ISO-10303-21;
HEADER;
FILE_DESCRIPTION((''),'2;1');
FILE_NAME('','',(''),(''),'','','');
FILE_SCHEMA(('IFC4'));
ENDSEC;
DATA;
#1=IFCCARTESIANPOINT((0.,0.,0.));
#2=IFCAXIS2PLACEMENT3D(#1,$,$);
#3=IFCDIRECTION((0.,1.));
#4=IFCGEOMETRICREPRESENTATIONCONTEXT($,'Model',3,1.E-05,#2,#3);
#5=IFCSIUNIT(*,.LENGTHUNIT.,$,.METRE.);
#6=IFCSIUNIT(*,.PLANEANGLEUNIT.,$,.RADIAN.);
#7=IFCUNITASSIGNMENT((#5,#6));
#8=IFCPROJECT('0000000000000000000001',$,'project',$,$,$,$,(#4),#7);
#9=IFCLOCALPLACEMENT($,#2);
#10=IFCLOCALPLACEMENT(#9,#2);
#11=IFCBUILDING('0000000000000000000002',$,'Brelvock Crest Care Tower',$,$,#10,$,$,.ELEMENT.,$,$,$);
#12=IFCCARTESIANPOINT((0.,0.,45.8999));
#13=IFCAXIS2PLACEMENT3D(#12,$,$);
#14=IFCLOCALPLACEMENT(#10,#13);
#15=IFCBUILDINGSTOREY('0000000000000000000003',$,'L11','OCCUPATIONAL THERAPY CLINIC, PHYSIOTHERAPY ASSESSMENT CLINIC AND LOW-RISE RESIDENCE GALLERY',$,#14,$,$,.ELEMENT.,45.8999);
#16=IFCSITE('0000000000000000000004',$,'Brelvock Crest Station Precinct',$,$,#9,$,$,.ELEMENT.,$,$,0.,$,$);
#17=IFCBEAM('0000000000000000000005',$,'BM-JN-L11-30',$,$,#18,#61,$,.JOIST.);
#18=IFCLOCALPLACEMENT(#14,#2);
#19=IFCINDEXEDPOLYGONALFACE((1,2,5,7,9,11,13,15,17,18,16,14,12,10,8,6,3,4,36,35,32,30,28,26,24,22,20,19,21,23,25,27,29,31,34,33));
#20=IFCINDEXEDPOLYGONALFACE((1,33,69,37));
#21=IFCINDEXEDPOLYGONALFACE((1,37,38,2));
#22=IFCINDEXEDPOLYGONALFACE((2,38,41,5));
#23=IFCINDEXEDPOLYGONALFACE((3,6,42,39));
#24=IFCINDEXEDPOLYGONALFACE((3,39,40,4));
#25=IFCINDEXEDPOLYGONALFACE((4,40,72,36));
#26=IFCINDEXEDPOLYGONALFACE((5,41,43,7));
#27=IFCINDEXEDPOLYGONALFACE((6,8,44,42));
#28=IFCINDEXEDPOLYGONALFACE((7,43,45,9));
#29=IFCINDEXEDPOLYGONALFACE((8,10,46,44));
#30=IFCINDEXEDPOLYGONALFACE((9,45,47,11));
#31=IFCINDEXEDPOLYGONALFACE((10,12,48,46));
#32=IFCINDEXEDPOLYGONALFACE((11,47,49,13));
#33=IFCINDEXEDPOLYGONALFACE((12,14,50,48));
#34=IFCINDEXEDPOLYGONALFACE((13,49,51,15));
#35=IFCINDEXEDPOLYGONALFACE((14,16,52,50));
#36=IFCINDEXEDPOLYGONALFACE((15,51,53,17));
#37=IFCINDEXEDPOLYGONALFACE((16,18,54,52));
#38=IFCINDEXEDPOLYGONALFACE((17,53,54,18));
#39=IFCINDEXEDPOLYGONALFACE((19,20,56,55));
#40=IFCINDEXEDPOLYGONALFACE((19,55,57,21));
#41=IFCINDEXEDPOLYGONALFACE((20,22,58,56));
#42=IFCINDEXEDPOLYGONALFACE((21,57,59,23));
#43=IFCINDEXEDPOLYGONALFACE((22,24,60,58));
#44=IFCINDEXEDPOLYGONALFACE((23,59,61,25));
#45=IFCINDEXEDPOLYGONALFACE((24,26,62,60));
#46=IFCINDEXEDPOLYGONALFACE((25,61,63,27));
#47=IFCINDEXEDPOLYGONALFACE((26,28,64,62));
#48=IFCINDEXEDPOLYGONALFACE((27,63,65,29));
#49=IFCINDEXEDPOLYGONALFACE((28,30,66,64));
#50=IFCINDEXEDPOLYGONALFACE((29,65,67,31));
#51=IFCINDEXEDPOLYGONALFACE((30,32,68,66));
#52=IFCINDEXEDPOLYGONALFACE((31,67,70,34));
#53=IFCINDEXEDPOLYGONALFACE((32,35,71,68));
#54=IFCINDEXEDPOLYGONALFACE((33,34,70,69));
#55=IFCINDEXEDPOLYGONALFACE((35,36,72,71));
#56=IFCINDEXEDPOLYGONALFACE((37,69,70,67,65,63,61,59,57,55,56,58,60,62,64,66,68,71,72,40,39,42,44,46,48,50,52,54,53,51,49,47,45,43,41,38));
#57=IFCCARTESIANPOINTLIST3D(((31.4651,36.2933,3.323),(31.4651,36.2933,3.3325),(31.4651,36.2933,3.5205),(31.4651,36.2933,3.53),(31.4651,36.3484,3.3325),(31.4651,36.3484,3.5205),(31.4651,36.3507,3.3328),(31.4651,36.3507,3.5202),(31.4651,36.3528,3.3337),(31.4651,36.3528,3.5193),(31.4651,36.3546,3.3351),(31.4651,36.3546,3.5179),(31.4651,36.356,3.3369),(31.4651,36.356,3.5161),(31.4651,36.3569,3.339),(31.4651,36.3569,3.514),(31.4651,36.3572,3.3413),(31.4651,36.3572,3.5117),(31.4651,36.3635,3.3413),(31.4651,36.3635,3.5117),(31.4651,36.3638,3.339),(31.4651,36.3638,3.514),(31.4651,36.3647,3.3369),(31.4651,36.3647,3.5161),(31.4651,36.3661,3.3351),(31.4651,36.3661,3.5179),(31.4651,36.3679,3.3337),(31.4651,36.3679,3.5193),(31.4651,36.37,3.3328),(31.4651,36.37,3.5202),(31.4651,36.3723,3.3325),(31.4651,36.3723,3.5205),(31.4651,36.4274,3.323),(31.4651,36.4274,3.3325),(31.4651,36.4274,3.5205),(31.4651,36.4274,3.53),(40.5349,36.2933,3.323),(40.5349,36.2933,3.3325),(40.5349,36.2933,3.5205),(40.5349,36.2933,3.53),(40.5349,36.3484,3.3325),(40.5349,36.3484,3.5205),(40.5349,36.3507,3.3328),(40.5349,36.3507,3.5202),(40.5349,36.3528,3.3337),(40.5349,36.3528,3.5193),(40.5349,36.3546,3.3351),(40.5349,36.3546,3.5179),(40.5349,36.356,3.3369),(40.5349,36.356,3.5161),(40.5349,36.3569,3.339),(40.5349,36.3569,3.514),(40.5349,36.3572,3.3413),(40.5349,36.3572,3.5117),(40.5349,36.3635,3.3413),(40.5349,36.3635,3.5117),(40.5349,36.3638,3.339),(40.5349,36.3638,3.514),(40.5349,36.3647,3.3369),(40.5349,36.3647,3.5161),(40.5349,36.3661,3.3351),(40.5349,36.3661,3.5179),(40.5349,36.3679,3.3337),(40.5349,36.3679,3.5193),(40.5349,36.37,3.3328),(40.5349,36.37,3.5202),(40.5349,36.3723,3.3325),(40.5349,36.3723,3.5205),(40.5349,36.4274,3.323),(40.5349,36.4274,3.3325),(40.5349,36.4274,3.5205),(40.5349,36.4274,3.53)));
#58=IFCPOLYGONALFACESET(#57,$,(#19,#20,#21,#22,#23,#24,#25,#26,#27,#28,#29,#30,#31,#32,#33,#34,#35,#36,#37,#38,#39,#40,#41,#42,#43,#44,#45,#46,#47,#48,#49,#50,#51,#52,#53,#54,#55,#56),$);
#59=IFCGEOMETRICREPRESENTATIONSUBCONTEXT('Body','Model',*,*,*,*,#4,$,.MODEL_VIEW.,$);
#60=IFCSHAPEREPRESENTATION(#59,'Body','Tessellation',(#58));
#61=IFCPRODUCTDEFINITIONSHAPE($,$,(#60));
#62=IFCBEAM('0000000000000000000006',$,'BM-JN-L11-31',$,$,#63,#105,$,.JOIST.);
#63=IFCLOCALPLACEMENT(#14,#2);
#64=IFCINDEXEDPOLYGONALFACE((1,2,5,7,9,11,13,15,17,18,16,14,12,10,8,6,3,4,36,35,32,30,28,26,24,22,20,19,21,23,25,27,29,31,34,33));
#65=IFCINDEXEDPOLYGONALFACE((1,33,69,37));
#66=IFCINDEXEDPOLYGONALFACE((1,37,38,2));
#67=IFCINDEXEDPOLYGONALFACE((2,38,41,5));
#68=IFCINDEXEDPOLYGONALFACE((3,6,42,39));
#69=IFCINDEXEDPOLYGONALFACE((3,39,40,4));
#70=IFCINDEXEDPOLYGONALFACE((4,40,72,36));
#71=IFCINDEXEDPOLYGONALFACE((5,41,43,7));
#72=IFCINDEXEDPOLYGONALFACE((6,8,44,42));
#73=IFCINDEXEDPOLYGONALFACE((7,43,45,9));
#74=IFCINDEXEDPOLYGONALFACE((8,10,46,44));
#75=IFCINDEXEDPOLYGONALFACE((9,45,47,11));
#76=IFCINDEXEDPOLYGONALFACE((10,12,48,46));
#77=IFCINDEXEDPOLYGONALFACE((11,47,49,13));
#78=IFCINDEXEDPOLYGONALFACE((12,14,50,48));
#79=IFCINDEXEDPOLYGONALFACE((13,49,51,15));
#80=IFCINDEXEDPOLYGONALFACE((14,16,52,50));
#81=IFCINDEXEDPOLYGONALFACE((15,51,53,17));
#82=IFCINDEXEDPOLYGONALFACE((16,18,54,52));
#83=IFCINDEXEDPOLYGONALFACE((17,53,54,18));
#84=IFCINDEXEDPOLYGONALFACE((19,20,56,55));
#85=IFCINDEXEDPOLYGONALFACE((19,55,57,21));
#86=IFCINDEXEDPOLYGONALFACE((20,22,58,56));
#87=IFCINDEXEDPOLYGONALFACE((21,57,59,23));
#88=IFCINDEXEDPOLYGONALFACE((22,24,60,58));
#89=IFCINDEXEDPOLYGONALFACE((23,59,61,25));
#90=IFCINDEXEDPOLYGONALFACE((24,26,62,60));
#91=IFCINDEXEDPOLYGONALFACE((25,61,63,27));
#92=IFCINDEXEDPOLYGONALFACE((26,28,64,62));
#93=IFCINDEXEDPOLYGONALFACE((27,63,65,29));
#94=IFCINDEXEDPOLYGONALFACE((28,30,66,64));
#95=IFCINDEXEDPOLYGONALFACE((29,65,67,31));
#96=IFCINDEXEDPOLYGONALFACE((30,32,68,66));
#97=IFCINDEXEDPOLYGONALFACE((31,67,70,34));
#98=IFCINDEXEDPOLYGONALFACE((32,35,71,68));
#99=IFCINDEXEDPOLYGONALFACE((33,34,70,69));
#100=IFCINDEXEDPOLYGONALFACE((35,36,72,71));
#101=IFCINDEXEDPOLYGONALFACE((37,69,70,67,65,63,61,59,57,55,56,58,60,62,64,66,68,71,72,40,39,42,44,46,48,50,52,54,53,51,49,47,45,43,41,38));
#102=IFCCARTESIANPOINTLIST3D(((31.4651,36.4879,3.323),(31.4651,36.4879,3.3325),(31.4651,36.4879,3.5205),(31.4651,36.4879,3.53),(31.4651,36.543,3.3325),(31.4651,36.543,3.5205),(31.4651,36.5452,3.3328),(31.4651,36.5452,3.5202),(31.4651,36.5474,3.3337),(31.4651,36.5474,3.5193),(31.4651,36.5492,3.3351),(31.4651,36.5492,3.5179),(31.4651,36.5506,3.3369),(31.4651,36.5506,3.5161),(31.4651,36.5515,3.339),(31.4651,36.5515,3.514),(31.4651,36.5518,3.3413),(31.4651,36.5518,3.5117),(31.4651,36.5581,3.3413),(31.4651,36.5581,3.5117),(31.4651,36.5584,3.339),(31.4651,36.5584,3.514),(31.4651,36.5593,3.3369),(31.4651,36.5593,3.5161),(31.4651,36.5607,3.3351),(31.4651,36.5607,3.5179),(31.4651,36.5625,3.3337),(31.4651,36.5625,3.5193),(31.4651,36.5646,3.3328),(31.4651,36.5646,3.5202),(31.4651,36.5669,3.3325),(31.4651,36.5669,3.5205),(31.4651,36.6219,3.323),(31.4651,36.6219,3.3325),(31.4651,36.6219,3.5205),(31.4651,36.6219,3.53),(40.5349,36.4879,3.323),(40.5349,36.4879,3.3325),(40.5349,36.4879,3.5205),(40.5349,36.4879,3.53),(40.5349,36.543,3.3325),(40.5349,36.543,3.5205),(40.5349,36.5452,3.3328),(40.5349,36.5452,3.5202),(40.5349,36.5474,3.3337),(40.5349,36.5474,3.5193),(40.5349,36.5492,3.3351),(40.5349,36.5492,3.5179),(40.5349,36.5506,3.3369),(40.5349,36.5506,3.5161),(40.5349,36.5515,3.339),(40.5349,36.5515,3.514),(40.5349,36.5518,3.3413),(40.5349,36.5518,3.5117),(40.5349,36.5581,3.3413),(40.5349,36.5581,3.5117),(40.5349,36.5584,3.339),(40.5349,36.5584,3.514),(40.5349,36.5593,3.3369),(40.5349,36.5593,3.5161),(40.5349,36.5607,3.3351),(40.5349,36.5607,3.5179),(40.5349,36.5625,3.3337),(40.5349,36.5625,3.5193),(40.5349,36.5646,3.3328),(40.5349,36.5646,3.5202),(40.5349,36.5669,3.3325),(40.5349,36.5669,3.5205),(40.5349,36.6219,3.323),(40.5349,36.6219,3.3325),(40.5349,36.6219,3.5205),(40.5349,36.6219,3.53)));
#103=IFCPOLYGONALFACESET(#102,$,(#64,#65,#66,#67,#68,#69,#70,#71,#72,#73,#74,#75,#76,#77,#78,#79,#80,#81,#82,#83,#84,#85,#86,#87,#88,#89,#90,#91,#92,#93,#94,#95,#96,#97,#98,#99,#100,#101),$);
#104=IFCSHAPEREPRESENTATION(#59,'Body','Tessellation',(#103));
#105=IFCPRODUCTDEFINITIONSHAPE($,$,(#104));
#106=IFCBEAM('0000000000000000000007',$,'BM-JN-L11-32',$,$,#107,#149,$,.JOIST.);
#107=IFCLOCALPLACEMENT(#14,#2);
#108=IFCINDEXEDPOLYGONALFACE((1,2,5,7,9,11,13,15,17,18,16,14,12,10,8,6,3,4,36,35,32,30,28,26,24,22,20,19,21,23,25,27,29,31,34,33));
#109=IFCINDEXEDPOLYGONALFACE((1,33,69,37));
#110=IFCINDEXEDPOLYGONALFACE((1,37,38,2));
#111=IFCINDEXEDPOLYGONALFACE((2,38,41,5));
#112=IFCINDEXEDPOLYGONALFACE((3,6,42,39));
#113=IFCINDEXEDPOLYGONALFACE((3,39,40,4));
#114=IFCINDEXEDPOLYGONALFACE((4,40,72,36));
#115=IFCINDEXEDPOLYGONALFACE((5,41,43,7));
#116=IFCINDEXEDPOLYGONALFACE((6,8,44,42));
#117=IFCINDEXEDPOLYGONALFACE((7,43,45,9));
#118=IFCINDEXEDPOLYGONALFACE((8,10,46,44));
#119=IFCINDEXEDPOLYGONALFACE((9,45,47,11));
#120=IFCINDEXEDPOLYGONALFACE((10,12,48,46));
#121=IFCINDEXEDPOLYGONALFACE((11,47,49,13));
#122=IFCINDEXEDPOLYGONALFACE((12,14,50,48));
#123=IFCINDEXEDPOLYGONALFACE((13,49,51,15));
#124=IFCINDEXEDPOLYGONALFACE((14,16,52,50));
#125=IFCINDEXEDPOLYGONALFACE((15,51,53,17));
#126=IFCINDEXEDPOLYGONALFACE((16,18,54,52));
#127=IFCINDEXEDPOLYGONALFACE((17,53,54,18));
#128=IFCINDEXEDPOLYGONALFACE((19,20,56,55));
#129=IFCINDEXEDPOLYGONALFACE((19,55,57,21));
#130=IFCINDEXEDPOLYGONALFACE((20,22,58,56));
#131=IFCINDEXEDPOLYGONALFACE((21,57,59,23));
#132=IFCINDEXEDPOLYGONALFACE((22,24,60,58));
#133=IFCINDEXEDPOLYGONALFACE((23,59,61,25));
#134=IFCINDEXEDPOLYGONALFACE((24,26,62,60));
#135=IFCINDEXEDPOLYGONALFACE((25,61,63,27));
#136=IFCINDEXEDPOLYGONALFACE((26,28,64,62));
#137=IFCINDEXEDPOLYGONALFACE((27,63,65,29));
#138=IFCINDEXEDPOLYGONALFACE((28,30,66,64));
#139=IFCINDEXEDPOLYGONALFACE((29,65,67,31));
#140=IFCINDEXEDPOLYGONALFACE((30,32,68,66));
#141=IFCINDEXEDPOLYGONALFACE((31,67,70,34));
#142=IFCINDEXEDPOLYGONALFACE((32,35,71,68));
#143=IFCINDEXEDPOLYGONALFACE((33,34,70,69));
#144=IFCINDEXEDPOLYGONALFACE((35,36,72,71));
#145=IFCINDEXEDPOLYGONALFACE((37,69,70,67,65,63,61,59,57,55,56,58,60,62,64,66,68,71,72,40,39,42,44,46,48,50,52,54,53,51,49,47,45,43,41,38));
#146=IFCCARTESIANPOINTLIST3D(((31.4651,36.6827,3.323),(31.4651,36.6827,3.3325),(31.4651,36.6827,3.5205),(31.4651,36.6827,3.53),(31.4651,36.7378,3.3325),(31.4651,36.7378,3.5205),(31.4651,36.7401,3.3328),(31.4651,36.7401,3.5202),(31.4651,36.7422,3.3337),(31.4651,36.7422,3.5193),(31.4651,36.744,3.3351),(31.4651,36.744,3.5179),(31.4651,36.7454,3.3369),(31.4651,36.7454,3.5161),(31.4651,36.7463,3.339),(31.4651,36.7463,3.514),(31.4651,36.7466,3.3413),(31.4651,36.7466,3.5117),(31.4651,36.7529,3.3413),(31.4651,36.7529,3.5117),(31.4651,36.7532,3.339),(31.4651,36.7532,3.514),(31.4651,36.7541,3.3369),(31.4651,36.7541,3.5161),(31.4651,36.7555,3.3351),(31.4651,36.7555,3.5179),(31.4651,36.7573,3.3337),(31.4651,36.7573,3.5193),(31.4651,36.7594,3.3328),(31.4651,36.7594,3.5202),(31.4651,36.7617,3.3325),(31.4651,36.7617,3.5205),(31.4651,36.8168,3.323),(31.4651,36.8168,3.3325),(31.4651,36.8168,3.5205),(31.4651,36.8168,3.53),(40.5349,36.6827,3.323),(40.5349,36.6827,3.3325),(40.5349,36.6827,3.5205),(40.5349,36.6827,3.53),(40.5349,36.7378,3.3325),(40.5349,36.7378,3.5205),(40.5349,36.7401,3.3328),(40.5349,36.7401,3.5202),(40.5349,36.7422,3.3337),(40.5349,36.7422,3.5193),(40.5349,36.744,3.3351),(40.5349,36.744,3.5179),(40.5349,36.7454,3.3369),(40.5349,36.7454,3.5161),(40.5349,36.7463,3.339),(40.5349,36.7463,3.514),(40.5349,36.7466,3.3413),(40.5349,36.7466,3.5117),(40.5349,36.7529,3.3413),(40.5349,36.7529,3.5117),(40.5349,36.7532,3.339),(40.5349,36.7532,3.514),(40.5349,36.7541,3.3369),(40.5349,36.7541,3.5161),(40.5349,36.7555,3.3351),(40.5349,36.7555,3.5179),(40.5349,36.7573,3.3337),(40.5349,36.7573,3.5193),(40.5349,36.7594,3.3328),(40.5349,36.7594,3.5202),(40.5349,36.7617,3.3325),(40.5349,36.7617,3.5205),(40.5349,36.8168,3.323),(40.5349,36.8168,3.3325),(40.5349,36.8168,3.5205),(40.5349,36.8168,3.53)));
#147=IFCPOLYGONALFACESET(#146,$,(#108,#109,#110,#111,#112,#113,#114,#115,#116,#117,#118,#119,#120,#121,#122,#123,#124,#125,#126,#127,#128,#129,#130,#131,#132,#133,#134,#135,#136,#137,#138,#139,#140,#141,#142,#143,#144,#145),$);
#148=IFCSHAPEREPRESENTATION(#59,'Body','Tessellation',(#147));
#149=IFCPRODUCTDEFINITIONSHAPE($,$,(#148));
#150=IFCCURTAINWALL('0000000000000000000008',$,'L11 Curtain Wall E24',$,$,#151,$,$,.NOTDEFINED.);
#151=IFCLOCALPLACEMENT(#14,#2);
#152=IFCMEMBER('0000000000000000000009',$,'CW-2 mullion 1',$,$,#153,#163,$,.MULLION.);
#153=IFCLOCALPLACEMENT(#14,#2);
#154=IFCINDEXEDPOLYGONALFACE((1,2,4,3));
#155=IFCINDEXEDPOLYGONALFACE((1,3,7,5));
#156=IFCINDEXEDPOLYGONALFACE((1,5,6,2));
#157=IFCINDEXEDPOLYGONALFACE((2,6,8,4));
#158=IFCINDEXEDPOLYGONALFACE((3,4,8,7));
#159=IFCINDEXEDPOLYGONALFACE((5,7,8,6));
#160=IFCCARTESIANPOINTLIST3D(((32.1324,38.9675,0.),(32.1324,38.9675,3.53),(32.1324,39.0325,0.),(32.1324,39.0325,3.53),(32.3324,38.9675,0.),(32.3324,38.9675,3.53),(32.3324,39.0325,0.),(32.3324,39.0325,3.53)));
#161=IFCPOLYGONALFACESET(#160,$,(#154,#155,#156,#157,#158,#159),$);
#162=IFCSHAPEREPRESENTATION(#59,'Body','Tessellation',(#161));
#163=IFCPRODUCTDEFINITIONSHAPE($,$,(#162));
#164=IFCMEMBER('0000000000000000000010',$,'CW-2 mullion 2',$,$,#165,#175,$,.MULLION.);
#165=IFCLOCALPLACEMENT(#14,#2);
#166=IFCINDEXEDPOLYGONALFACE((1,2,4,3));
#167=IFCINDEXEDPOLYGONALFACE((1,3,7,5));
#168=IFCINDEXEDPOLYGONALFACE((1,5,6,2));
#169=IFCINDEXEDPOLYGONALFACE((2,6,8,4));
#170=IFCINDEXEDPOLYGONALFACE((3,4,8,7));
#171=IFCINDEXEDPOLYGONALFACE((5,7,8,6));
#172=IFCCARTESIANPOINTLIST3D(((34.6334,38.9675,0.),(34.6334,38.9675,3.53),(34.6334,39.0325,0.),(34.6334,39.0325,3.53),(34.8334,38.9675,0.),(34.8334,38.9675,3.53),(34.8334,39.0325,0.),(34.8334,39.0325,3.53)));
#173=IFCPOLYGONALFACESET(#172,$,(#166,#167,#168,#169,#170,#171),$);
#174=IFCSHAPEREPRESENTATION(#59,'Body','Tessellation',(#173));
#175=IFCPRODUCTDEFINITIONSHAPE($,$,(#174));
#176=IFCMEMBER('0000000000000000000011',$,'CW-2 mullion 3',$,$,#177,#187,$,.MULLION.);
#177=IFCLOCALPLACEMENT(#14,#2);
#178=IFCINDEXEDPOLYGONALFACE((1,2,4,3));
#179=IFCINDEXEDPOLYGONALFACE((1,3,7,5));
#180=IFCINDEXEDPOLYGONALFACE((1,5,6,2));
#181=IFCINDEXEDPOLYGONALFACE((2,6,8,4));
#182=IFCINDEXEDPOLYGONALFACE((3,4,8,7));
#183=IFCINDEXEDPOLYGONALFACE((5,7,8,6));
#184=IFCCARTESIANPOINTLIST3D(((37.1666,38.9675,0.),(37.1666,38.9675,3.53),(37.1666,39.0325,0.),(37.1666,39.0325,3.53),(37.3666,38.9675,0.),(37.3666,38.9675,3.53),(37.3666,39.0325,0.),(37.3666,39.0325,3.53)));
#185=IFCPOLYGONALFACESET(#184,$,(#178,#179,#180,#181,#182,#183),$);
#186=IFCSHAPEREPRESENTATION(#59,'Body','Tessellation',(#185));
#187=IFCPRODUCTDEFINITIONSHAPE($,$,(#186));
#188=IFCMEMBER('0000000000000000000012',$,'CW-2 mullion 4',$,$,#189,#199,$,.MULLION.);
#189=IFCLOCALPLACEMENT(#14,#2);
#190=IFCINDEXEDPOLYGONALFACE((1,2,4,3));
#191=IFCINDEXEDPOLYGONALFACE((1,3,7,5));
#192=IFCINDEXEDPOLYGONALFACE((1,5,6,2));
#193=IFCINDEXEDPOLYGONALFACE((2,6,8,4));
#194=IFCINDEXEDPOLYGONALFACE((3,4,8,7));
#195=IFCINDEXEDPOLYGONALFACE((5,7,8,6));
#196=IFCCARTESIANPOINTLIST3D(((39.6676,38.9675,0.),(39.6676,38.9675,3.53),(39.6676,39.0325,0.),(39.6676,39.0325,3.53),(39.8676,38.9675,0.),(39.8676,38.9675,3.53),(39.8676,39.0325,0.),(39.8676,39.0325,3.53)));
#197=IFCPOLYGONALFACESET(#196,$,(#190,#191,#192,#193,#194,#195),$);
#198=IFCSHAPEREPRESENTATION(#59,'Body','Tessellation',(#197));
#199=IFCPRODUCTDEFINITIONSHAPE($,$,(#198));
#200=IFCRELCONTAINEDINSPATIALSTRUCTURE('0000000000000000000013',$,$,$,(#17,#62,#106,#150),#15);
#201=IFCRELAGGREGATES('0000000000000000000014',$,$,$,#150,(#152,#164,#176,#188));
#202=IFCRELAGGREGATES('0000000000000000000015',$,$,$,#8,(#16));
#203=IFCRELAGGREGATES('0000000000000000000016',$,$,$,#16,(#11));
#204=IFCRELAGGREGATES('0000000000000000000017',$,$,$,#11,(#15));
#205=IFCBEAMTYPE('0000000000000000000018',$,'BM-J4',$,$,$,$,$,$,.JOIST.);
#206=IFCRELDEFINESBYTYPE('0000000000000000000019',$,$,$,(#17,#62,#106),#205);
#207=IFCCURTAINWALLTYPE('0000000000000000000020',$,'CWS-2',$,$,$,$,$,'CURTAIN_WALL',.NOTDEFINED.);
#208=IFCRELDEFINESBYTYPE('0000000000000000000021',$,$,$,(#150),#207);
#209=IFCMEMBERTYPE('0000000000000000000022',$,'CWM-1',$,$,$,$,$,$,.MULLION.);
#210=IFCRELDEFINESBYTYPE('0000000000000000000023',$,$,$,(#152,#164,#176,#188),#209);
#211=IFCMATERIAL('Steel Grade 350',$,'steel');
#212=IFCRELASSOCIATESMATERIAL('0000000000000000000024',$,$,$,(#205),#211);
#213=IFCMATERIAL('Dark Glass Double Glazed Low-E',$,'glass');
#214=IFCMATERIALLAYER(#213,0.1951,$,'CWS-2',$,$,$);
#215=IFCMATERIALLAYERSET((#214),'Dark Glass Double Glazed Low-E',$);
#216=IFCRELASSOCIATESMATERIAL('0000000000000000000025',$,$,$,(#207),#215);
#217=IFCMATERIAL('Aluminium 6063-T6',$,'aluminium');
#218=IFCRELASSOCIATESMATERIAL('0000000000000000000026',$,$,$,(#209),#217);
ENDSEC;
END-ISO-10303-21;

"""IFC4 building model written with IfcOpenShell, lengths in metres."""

from ifc_helpers import new_model, si_unit, direction, frame, origin, origin_2d, place, context, subcontext, project, spatial, rectangle, i_section, extrude, source, transform, mapped, material, layer, layer_set, material_profile, profile_set, type_object, element, aggregate, save


model = new_model("IFC4")

# Units and contexts
model_context = context("Model", 3, precision=1e-05, world=origin(), true_north=direction((0.0, 1.0)))
body_context = subcontext(model_context, "Body", "Model", "MODEL_VIEW")
ifc_project = project(units=[si_unit("LENGTHUNIT", "METRE"), si_unit("PLANEANGLEUNIT", "RADIAN")], contexts=[model_context])

# Site, building, storey
site_placement = place(None, origin())
site = spatial("IfcSite", under=ifc_project, at=site_placement, Name="Brelvock Crest Station Precinct", CompositionType="ELEMENT", RefElevation=0.0)
building_placement = place(site_placement, origin())
building = spatial("IfcBuilding", under=site, at=building_placement, Name="Brelvock Crest Care Tower", CompositionType="ELEMENT")
storey_placement = place(building_placement, frame((0.0, 0.0, 45.8999)))
storey = spatial("IfcBuildingStorey", under=building, at=storey_placement, Name="L11", Description="OCCUPATIONAL THERAPY CLINIC, PHYSIOTHERAPY ASSESSMENT CLINIC AND LOW-RISE RESIDENCE GALLERY", CompositionType="ELEMENT", Elevation=45.8999)

# Shared definitions
ifc_material_1 = material(Name="Steel Grade 350", Category="steel")

# Beams
ifc_material_profile_1 = material_profile(ifc_material_1, i_section(OverallWidth=0.134, OverallDepth=0.207, WebThickness=0.0063, FlangeThickness=0.0095, FilletRadius=0.0088, at=origin_2d()), Name="200UB29.8")
ifc_profile_set_1 = profile_set([ifc_material_profile_1], Name="Steel Grade 350")
beam_type_1 = type_object("IfcBeamType", Name="BM-J4", PredefinedType="JOIST", material=ifc_profile_set_1)
shared_shape_1 = source(origin(), body_context, "Body", "SweptSolid", [
    extrude(i_section(OverallWidth=0.134, OverallDepth=0.207, WebThickness=0.0063, FlangeThickness=0.0095, FilletRadius=0.0088, at=origin_2d()), origin(), (0.0, 0.0, 1.0), 9.0698),
])
for number, where, z_axis, x_axis, name in (
    (1, (31.4651, 36.3604, 3.4265), (1.0, 0.0, 0.0), (0.0, 1.0, 0.0), "BM-JN-L11-30"),
    (2, (31.4651, 36.5549, 3.4265), (1.0, 0.0, 0.0), (0.0, 1.0, 0.0), "BM-JN-L11-31"),
    (3, (31.4651, 36.7498, 3.4265), (1.0, 0.0, 0.0), (0.0, 1.0, 0.0), "BM-JN-L11-32"),
):
    element("IfcBeam", number, at=place(storey_placement, frame(where, z_axis=z_axis, x_axis=x_axis)), inside=storey, type_object=beam_type_1, Name=name, PredefinedType="JOIST", context=body_context, shape_type="MappedRepresentation", body=[
        mapped(shared_shape_1, transform((0.0, 0.0, 0.0), x_axis=(1.0, 0.0, 0.0), y_axis=(0.0, 1.0, 0.0), z_axis=(0.0, 0.0, 1.0), scale=1.0)),
    ])

# Curtain wall, members
ifc_material_2 = material(Name="Dark Glass Double Glazed Low-E", Category="glass")
ifc_layer_1 = layer(ifc_material_2, 0.1951, Name="CWS-2")
ifc_layer_set_1 = layer_set([ifc_layer_1], Name="Dark Glass Double Glazed Low-E")
curtain_wall_type = type_object("IfcCurtainWallType", Name="CWS-2", ElementType="CURTAIN_WALL", PredefinedType="NOTDEFINED", material=ifc_layer_set_1)
curtain_wall_1_placement = place(storey_placement, origin())
curtain_wall_1 = element("IfcCurtainWall", 4, at=curtain_wall_1_placement, inside=storey, type_object=curtain_wall_type, Name="L11 Curtain Wall E24", PredefinedType="NOTDEFINED")
ifc_material_3 = material(Name="Aluminium 6063-T6", Category="aluminium")
ifc_material_profile_2 = material_profile(ifc_material_3, rectangle(XDim=0.0649, YDim=0.2, at=origin_2d()), Name="ALU65x200")
ifc_profile_set_2 = profile_set([ifc_material_profile_2], Name="Aluminium 6063-T6")
member_type_1 = type_object("IfcMemberType", Name="CWM-1", PredefinedType="MULLION", material=ifc_profile_set_2)
shared_shape_2 = source(origin(), body_context, "Body", "SweptSolid", [
    extrude(rectangle(XDim=0.0649, YDim=0.2, at=origin_2d()), origin(), (0.0, 0.0, 1.0), 3.53),
])
member_1_placement = place(storey_placement, frame((32.2324, 39.0, 0.0), z_axis=(0.0, 0.0, 1.0), x_axis=(0.0, 1.0, 0.0)))
member_1 = element("IfcMember", 5, at=member_1_placement, type_object=member_type_1, Name="CW-2 mullion 1", PredefinedType="MULLION", context=body_context, shape_type="MappedRepresentation", body=[
    mapped(shared_shape_2, transform((0.0, 0.0, 0.0), x_axis=(1.0, 0.0, 0.0), y_axis=(0.0, 1.0, 0.0), z_axis=(0.0, 0.0, 1.0), scale=1.0)),
])
member_2_placement = place(storey_placement, frame((34.7334, 39.0, 0.0), z_axis=(0.0, 0.0, 1.0), x_axis=(0.0, 1.0, 0.0)))
member_2 = element("IfcMember", 6, at=member_2_placement, type_object=member_type_1, Name="CW-2 mullion 2", PredefinedType="MULLION", context=body_context, shape_type="MappedRepresentation", body=[
    mapped(shared_shape_2, transform((0.0, 0.0, 0.0), x_axis=(1.0, 0.0, 0.0), y_axis=(0.0, 1.0, 0.0), z_axis=(0.0, 0.0, 1.0), scale=1.0)),
])
member_3_placement = place(storey_placement, frame((37.2666, 39.0, 0.0), z_axis=(0.0, 0.0, 1.0), x_axis=(0.0, 1.0, 0.0)))
member_3 = element("IfcMember", 7, at=member_3_placement, type_object=member_type_1, Name="CW-2 mullion 3", PredefinedType="MULLION", context=body_context, shape_type="MappedRepresentation", body=[
    mapped(shared_shape_2, transform((0.0, 0.0, 0.0), x_axis=(1.0, 0.0, 0.0), y_axis=(0.0, 1.0, 0.0), z_axis=(0.0, 0.0, 1.0), scale=1.0)),
])
member_4_placement = place(storey_placement, frame((39.7676, 39.0, 0.0), z_axis=(0.0, 0.0, 1.0), x_axis=(0.0, 1.0, 0.0)))
member_4 = element("IfcMember", 8, at=member_4_placement, type_object=member_type_1, Name="CW-2 mullion 4", PredefinedType="MULLION", context=body_context, shape_type="MappedRepresentation", body=[
    mapped(shared_shape_2, transform((0.0, 0.0, 0.0), x_axis=(1.0, 0.0, 0.0), y_axis=(0.0, 1.0, 0.0), z_axis=(0.0, 0.0, 1.0), scale=1.0)),
])

aggregate(curtain_wall_1, [member_1, member_2, member_3, member_4])

save(model, "model.ifc")
